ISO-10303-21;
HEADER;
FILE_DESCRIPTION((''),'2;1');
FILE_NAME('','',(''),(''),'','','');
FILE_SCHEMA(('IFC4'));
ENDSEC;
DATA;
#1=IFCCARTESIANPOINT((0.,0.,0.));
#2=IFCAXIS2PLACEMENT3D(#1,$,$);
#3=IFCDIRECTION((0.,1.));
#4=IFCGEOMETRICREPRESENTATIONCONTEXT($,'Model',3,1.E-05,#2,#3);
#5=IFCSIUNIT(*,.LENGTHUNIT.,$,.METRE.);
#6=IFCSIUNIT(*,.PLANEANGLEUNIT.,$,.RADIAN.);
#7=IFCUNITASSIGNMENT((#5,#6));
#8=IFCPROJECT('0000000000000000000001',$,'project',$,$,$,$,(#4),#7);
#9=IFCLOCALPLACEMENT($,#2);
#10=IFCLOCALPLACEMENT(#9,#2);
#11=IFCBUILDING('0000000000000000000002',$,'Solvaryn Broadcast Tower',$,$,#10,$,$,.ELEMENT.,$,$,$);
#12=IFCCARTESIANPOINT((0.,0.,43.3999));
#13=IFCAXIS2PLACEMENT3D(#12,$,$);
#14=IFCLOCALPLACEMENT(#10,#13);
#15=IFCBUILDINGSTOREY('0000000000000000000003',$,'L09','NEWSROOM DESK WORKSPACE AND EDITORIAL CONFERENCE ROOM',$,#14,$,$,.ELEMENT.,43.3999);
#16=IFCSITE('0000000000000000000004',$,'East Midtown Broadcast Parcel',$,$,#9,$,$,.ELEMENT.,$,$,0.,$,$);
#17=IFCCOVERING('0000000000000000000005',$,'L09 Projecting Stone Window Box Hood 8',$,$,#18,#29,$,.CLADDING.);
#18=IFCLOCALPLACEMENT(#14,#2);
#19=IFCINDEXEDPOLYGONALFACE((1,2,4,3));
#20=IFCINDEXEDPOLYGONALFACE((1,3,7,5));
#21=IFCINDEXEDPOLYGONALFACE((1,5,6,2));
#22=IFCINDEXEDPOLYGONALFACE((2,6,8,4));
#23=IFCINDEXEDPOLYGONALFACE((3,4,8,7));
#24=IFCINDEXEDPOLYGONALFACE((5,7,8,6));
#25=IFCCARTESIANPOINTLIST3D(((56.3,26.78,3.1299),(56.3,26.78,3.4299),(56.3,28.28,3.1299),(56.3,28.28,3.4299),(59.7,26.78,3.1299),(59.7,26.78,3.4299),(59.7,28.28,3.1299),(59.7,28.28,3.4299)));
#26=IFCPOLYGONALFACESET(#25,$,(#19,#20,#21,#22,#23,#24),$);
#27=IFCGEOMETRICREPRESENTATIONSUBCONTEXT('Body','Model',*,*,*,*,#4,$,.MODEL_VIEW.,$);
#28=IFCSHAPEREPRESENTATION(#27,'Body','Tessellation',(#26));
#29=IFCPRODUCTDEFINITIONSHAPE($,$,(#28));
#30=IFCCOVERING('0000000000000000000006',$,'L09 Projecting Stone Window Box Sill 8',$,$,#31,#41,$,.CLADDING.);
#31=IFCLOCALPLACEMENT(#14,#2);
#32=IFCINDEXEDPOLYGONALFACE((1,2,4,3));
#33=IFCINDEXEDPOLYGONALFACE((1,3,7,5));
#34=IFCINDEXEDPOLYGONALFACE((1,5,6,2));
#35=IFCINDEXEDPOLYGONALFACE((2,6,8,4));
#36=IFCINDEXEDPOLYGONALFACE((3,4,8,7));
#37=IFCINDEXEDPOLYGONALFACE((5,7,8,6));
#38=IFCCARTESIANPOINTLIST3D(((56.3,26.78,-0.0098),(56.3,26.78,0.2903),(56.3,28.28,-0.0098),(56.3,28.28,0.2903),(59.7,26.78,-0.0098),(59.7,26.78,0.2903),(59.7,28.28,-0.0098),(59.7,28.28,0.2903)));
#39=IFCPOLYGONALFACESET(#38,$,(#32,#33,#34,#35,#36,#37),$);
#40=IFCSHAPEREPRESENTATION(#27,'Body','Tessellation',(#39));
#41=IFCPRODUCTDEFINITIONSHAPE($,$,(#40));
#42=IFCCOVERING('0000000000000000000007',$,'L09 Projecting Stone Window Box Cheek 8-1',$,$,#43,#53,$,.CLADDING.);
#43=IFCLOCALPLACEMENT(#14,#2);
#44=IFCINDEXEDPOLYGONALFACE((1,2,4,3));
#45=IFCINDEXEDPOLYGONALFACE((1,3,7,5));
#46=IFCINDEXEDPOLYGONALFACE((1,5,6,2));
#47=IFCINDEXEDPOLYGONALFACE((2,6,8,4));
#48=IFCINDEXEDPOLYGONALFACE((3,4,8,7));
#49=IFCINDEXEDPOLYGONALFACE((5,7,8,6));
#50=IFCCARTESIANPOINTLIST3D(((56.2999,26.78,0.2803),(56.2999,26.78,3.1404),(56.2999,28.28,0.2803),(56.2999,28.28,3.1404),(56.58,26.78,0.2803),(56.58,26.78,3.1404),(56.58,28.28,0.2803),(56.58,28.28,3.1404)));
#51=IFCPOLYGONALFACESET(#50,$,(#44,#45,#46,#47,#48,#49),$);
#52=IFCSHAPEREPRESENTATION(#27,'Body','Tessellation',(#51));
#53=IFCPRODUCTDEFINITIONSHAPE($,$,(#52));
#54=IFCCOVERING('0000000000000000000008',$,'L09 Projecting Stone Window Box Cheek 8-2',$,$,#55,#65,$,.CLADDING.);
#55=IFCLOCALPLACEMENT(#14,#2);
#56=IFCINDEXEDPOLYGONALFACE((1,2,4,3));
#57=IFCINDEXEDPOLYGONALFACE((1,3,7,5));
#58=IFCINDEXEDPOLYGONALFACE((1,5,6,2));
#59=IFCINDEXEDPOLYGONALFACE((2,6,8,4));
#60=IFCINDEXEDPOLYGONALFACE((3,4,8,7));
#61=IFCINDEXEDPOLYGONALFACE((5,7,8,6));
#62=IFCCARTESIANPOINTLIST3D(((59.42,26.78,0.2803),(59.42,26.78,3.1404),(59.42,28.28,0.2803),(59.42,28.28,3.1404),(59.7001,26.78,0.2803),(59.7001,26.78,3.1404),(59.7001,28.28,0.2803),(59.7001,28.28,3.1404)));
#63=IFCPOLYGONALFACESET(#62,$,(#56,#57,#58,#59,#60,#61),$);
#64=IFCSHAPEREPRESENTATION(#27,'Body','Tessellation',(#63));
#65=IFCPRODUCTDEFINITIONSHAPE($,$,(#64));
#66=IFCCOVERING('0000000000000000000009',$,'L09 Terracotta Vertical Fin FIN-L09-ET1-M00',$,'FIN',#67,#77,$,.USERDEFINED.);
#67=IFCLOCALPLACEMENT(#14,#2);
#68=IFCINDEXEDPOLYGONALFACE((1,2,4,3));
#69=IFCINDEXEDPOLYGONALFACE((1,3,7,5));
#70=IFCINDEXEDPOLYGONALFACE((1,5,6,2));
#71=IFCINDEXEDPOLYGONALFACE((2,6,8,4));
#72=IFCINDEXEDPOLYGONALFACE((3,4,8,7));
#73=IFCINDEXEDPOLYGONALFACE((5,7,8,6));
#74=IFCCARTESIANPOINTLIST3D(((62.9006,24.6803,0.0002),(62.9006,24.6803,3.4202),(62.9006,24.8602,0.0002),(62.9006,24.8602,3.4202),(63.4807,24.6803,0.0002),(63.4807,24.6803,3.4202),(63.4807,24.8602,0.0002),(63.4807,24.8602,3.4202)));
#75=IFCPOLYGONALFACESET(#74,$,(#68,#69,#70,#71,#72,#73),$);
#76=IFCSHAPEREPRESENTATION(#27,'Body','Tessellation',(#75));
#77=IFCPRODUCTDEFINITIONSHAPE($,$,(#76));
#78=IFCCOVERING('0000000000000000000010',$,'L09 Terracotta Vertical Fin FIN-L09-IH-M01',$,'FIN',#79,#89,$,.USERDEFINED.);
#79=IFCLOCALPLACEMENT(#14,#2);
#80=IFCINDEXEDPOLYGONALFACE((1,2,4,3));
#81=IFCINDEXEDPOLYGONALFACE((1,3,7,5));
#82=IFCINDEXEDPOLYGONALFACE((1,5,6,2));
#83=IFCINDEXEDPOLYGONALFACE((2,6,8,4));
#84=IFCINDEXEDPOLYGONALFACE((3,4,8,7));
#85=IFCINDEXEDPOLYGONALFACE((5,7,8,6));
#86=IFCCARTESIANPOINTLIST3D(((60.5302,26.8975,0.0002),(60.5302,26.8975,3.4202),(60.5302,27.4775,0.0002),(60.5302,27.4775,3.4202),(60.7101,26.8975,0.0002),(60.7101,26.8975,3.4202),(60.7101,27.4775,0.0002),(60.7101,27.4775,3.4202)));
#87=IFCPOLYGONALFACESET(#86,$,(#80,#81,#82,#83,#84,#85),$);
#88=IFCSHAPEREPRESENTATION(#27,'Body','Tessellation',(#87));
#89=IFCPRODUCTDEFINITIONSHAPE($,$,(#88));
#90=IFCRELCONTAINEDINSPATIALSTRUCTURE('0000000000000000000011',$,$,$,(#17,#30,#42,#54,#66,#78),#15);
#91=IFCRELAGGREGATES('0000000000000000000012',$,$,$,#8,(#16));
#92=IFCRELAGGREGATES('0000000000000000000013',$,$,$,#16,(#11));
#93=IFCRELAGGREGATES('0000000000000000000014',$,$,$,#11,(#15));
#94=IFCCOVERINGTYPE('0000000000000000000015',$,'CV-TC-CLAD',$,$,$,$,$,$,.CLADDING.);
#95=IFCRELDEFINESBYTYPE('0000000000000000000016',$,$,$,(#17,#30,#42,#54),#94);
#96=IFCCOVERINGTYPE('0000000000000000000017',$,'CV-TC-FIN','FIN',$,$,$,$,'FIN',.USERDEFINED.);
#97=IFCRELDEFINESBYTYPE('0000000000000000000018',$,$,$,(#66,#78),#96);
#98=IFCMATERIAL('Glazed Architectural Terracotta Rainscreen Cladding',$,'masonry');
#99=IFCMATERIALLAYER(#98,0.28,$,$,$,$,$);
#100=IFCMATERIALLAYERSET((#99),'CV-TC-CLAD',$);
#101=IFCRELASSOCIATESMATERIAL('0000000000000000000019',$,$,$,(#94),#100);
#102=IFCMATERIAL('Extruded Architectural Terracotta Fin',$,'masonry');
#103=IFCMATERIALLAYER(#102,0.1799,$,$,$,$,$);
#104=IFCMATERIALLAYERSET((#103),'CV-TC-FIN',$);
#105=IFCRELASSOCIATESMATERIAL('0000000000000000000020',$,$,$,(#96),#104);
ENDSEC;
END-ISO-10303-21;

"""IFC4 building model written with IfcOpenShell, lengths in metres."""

from ifc_helpers import new_model, si_unit, direction, frame, origin, origin_2d, place, context, subcontext, project, spatial, rectangle, extrude, material, layer, layer_set, type_object, element, save


model = new_model("IFC4")

# Units and contexts
model_context = context("Model", 3, precision=1e-05, world=origin(), true_north=direction((0.0, 1.0)))
body_context = subcontext(model_context, "Body", "Model", "MODEL_VIEW")
ifc_project = project(units=[si_unit("LENGTHUNIT", "METRE"), si_unit("PLANEANGLEUNIT", "RADIAN")], contexts=[model_context])

# Site, building, storey
site_placement = place(None, origin())
site = spatial("IfcSite", under=ifc_project, at=site_placement, Name="East Midtown Broadcast Parcel", CompositionType="ELEMENT", RefElevation=0.0)
building_placement = place(site_placement, origin())
building = spatial("IfcBuilding", under=site, at=building_placement, Name="Solvaryn Broadcast Tower", CompositionType="ELEMENT")
storey_placement = place(building_placement, frame((0.0, 0.0, 43.3999)))
storey = spatial("IfcBuildingStorey", under=building, at=storey_placement, Name="L09", Description="NEWSROOM DESK WORKSPACE AND EDITORIAL CONFERENCE ROOM", CompositionType="ELEMENT", Elevation=43.3999)

# Coverings
ifc_material_1 = material(Name="Glazed Architectural Terracotta Rainscreen Cladding", Category="masonry")
ifc_layer_1 = layer(ifc_material_1, 0.28)
ifc_layer_set_1 = layer_set([ifc_layer_1], Name="CV-TC-CLAD")
covering_type_1 = type_object("IfcCoveringType", Name="CV-TC-CLAD", PredefinedType="CLADDING", material=ifc_layer_set_1)
for number, where, z_axis, x_axis, name in (
    (1, (58.0, 27.53, 3.1299), (0.0, 0.0, 1.0), (1.0, 0.0, 0.0), "L09 Projecting Stone Window Box Hood 8"),
    (2, (58.0, 27.53, -0.0098), (0.0, 0.0, 1.0), (1.0, 0.0, 0.0), "L09 Projecting Stone Window Box Sill 8"),
):
    element("IfcCovering", number, at=place(storey_placement, frame(where, z_axis=z_axis, x_axis=x_axis)), inside=storey, type_object=covering_type_1, Name=name, PredefinedType="CLADDING", context=body_context, shape_type="SweptSolid", body=[
        extrude(rectangle(XDim=3.3999, YDim=1.5, at=origin_2d()), origin(), (0.0, 0.0, 1.0), 0.3),
    ])
for number, where, z_axis, x_axis, name in (
    (3, (56.4399, 27.53, 0.2803), (0.0, 0.0, 1.0), (1.0, 0.0, 0.0), "L09 Projecting Stone Window Box Cheek 8-1"),
    (4, (59.5601, 27.53, 0.2803), (0.0, 0.0, 1.0), (1.0, 0.0, 0.0), "L09 Projecting Stone Window Box Cheek 8-2"),
):
    element("IfcCovering", number, at=place(storey_placement, frame(where, z_axis=z_axis, x_axis=x_axis)), inside=storey, type_object=covering_type_1, Name=name, PredefinedType="CLADDING", context=body_context, shape_type="SweptSolid", body=[
        extrude(rectangle(XDim=0.28, YDim=1.5, at=origin_2d()), origin(), (0.0, 0.0, 1.0), 2.8601),
    ])
ifc_material_2 = material(Name="Extruded Architectural Terracotta Fin", Category="masonry")
ifc_layer_2 = layer(ifc_material_2, 0.1799)
ifc_layer_set_2 = layer_set([ifc_layer_2], Name="CV-TC-FIN")
covering_type_2 = type_object("IfcCoveringType", Name="CV-TC-FIN", Description="FIN", ElementType="FIN", PredefinedType="USERDEFINED", material=ifc_layer_set_2)
covering_1_placement = place(storey_placement, frame((63.1907, 24.7703, 0.0002), z_axis=(0.0, 0.0, 1.0), x_axis=(1.0, 0.0, 0.0)))
element("IfcCovering", 5, at=covering_1_placement, inside=storey, type_object=covering_type_2, Name="L09 Terracotta Vertical Fin FIN-L09-ET1-M00", ObjectType="FIN", PredefinedType="USERDEFINED", context=body_context, shape_type="SweptSolid", body=[
    extrude(rectangle(XDim=0.5801, YDim=0.1799, at=origin_2d()), origin(), (0.0, 0.0, 1.0), 3.4199),
])
covering_2_placement = place(storey_placement, frame((60.6201, 27.1875, 0.0002), z_axis=(0.0, 0.0, 1.0), x_axis=(1.0, 0.0, 0.0)))
element("IfcCovering", 6, at=covering_2_placement, inside=storey, type_object=covering_type_2, Name="L09 Terracotta Vertical Fin FIN-L09-IH-M01", ObjectType="FIN", PredefinedType="USERDEFINED", context=body_context, shape_type="SweptSolid", body=[
    extrude(rectangle(XDim=0.1799, YDim=0.5801, at=origin_2d()), origin(), (0.0, 0.0, 1.0), 3.4199),
])

save(model, "model.ifc")
